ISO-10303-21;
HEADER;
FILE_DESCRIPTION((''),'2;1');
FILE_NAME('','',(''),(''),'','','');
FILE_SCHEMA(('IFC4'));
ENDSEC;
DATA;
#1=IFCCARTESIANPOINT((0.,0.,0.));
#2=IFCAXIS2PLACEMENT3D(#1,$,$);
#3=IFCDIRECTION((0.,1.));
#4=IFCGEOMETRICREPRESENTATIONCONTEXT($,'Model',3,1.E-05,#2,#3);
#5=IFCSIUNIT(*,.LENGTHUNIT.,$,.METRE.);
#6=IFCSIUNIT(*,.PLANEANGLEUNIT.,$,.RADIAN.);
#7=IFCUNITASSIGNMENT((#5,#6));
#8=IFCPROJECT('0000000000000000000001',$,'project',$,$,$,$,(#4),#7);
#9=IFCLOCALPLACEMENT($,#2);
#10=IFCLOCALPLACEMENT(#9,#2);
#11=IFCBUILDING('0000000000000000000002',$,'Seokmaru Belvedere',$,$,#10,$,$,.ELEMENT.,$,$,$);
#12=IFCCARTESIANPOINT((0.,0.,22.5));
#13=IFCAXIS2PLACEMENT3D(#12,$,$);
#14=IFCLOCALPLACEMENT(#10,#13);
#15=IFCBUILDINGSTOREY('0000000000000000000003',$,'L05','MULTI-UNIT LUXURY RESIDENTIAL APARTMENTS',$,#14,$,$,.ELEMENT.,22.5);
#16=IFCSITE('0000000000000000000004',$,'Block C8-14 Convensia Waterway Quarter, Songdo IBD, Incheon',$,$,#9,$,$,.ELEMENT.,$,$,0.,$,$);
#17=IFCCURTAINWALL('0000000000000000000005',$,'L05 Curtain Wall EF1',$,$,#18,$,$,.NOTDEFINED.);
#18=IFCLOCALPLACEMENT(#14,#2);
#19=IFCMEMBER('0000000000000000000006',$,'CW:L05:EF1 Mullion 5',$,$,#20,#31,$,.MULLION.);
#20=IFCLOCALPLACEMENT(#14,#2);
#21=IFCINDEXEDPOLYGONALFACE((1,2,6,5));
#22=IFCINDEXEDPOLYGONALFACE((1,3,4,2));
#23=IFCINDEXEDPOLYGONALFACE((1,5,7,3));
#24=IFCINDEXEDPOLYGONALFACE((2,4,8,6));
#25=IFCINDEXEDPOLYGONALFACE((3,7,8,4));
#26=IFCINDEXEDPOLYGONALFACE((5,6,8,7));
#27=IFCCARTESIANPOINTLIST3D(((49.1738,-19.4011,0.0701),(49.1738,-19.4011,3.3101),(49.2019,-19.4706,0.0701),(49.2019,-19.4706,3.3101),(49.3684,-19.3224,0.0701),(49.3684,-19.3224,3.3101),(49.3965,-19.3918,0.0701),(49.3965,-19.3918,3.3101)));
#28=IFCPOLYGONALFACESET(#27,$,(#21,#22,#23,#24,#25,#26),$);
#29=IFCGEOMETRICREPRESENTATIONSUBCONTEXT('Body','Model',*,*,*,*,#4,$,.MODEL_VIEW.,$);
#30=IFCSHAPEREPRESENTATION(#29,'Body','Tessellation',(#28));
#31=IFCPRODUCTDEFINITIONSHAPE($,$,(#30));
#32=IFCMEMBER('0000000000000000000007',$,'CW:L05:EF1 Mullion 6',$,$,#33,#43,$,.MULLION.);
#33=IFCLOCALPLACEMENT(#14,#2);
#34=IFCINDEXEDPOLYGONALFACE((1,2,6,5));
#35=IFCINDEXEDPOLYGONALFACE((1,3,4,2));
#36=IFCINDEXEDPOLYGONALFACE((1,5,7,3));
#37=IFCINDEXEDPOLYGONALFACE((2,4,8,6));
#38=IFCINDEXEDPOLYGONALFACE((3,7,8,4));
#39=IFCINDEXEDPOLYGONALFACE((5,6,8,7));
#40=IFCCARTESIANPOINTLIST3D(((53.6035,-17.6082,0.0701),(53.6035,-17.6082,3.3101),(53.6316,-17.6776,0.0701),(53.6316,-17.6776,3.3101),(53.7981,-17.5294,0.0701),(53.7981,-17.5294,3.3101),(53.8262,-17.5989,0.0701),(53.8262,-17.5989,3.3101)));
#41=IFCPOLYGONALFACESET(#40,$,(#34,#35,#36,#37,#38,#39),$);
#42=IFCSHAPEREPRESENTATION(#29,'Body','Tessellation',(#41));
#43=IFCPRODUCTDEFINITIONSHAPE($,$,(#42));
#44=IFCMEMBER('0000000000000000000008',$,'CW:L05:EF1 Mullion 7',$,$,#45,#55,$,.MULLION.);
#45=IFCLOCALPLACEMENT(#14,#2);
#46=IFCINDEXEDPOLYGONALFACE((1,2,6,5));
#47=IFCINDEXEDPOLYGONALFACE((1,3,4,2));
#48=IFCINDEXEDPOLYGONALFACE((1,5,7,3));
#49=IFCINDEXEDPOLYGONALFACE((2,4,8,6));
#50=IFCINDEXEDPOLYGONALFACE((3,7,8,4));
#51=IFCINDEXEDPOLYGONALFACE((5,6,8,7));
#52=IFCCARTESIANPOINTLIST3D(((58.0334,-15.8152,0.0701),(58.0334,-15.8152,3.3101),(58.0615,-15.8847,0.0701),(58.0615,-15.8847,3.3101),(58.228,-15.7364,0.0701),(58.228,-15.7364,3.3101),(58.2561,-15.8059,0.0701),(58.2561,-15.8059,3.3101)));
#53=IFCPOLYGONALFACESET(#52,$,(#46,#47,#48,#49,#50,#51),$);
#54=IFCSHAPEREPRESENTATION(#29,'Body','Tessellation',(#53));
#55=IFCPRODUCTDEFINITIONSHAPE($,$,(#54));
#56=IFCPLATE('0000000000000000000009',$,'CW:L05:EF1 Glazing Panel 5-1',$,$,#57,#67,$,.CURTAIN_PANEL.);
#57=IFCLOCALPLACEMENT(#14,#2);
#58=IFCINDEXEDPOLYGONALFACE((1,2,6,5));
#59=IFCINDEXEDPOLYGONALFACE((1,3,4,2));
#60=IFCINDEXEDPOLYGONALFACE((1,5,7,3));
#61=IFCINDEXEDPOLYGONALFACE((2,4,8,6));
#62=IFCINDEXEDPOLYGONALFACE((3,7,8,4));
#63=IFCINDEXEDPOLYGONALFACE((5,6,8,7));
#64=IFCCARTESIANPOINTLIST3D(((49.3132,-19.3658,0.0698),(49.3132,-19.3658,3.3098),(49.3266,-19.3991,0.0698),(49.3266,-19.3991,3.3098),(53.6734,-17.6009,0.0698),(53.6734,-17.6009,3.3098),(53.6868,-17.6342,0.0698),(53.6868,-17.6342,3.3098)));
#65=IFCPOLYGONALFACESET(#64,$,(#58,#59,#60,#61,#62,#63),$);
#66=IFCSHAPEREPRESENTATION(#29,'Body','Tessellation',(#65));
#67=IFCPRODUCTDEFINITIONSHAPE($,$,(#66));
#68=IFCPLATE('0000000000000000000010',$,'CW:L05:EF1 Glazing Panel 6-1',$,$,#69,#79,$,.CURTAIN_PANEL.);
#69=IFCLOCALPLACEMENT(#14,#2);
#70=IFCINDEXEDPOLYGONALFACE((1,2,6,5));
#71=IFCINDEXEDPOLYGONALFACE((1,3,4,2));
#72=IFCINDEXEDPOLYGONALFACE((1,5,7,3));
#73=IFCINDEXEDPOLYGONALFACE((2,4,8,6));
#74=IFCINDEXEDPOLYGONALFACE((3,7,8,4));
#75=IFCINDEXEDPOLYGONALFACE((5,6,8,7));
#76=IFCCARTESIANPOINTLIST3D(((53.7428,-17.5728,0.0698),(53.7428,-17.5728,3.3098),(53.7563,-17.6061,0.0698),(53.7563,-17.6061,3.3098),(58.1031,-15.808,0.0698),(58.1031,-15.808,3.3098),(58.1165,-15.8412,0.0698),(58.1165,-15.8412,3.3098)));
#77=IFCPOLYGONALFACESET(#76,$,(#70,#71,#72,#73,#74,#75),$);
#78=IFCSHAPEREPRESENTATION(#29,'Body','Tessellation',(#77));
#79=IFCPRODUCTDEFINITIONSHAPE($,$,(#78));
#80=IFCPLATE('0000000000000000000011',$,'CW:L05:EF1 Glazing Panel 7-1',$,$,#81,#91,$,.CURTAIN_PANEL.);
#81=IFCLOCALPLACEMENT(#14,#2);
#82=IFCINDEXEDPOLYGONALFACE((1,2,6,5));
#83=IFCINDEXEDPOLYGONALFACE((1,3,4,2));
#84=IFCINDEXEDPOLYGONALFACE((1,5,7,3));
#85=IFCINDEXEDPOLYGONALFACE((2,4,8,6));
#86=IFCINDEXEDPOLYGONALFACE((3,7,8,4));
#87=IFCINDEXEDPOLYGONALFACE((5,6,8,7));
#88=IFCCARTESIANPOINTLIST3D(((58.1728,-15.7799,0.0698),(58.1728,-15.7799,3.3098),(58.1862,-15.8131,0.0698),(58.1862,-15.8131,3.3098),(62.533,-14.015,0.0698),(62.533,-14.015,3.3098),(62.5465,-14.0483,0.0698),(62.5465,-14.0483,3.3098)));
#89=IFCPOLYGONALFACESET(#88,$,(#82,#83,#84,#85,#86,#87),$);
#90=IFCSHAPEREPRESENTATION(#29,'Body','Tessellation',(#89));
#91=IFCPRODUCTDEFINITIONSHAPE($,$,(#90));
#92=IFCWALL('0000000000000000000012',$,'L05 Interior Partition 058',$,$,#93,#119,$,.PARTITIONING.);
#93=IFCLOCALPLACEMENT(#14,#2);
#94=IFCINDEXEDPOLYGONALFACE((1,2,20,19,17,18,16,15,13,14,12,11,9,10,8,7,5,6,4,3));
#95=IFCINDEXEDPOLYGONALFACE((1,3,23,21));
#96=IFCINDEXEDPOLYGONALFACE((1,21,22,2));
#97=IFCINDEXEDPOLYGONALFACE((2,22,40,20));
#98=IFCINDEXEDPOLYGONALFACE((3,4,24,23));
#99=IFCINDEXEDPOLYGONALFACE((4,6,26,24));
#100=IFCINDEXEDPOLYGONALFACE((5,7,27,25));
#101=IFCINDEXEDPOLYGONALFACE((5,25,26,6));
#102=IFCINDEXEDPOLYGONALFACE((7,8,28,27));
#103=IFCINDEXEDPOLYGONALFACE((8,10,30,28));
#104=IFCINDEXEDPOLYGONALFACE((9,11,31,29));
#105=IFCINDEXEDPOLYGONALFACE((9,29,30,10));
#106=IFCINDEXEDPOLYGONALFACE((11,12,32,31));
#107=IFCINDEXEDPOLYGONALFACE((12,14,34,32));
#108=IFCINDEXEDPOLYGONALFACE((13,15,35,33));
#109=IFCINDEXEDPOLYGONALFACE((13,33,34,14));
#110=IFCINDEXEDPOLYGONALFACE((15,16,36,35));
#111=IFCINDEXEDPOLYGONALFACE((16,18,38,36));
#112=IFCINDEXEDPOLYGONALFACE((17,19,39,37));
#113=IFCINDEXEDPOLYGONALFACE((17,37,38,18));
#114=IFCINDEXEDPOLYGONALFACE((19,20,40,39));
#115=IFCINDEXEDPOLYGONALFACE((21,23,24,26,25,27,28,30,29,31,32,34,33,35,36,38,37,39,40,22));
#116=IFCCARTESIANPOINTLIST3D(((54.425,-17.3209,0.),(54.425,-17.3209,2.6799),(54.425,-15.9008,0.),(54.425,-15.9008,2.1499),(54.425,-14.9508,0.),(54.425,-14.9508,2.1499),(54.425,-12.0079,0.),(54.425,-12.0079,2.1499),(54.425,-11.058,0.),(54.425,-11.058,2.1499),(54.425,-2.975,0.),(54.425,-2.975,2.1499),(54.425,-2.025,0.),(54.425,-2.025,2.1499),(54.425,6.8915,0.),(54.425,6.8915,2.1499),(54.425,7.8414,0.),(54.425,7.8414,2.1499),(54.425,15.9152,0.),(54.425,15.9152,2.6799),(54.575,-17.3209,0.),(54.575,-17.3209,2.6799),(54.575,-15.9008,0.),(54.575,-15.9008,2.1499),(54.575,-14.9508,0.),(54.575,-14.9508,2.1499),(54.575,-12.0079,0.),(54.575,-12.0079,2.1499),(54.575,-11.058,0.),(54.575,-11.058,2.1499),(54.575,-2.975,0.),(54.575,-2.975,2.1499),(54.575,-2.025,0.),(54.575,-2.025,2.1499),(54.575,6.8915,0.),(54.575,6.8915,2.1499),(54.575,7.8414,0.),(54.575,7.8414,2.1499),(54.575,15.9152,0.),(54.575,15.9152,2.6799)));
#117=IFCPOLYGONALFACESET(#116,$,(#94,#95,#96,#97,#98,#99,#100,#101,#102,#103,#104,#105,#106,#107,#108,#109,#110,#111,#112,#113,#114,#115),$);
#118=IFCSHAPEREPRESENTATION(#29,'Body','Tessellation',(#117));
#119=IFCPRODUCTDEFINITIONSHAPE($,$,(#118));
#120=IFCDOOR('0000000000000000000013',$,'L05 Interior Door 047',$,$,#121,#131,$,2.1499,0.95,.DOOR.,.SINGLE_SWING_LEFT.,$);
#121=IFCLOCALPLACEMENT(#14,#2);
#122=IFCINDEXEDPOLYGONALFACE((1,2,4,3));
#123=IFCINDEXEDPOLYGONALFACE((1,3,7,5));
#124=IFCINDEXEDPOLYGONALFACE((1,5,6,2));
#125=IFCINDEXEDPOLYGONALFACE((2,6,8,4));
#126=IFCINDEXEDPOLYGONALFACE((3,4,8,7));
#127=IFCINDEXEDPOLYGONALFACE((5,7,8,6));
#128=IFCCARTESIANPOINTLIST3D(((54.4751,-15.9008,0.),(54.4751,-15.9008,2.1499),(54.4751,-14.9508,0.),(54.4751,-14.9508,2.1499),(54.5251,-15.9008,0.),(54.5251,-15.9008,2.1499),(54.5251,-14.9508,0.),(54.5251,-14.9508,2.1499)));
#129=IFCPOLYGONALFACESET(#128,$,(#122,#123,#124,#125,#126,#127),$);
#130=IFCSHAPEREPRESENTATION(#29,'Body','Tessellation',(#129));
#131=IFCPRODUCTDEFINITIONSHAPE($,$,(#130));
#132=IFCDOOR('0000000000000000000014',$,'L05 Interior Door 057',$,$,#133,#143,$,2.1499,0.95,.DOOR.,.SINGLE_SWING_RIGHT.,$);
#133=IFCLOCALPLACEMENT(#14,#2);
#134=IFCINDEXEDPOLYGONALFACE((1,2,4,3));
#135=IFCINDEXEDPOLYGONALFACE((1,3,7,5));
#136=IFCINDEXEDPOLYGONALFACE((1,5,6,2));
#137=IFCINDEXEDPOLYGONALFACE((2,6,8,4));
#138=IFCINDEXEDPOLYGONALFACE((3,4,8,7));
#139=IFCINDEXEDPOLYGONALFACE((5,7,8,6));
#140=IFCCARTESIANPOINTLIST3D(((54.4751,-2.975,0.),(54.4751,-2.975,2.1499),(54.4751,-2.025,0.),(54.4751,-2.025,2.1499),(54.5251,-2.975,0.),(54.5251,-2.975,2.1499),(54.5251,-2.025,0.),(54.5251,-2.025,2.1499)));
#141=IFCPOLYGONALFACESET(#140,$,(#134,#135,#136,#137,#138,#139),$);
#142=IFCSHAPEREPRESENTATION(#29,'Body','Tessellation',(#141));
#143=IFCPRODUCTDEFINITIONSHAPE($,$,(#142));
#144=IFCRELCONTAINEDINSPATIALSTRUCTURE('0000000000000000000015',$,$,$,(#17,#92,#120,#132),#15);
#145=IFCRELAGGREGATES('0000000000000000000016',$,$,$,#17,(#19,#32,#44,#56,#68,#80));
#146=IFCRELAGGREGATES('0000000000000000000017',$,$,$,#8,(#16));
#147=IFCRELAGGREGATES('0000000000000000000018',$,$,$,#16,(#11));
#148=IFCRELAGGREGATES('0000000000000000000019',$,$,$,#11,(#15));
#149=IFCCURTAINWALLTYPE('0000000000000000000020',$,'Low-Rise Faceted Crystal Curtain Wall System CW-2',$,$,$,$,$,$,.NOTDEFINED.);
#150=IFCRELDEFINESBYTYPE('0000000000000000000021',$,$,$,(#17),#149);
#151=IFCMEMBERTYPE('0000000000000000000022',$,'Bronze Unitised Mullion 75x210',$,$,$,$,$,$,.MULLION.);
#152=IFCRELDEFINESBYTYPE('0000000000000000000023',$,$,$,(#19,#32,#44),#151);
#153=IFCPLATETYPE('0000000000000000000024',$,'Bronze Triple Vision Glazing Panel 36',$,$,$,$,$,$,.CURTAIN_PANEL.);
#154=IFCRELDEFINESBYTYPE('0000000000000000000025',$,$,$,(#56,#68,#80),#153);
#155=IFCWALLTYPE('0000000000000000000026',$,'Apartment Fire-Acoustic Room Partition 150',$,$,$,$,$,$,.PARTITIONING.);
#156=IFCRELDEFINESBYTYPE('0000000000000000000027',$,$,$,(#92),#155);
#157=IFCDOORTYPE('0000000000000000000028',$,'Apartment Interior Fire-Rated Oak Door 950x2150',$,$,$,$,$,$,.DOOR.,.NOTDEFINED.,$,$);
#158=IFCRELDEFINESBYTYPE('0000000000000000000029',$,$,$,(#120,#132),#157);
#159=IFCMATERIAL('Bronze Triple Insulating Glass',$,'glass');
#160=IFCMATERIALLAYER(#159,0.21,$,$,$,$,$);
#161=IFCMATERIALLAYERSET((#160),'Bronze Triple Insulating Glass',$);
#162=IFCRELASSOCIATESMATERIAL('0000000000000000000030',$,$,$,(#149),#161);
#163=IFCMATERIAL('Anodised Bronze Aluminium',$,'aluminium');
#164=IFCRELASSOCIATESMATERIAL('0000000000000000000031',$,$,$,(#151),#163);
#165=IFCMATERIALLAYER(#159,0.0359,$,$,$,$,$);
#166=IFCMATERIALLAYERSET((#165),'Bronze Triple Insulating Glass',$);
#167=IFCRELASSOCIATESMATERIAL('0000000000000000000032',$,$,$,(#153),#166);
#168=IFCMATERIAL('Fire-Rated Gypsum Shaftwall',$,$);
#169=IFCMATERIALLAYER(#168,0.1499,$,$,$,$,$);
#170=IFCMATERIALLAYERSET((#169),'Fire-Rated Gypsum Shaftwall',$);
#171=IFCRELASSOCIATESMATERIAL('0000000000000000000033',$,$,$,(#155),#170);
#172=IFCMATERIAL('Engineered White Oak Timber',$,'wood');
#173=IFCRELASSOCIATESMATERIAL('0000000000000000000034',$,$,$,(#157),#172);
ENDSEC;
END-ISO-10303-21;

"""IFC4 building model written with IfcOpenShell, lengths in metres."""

from ifc_helpers import new_model, si_unit, direction, frame, frame_2d, origin, origin_2d, place, context, subcontext, project, spatial, rectangle, extrude, source, transform, mapped, material, layer, layer_set, material_profile, profile_set, type_object, type_shapes, element, fill, aggregate, save


model = new_model("IFC4")

# Units and contexts
model_context = context("Model", 3, precision=1e-05, world=origin(), true_north=direction((0.0, 1.0)))
body_context = subcontext(model_context, "Body", "Model", "MODEL_VIEW")
ifc_project = project(units=[si_unit("LENGTHUNIT", "METRE"), si_unit("PLANEANGLEUNIT", "RADIAN")], contexts=[model_context])

# Site, building, storey
site_placement = place(None, origin())
site = spatial("IfcSite", under=ifc_project, at=site_placement, Name="Block C8-14 Convensia Waterway Quarter, Songdo IBD, Incheon", CompositionType="ELEMENT", RefElevation=0.0)
building_placement = place(site_placement, origin())
building = spatial("IfcBuilding", under=site, at=building_placement, Name="Seokmaru Belvedere", CompositionType="ELEMENT")
storey_placement = place(building_placement, frame((0.0, 0.0, 22.5)))
storey = spatial("IfcBuildingStorey", under=building, at=storey_placement, Name="L05", Description="MULTI-UNIT LUXURY RESIDENTIAL APARTMENTS", CompositionType="ELEMENT", Elevation=22.5)

# Curtain wall, members, plates
ifc_material_1 = material(Name="Bronze Triple Insulating Glass", Category="glass")
ifc_layer_1 = layer(ifc_material_1, 0.21)
ifc_layer_set_1 = layer_set([ifc_layer_1], Name="Bronze Triple Insulating Glass")
curtain_wall_type = type_object("IfcCurtainWallType", Name="Low-Rise Faceted Crystal Curtain Wall System CW-2", PredefinedType="NOTDEFINED", material=ifc_layer_set_1)
curtain_wall_placement = place(storey_placement, origin())
curtain_wall = element("IfcCurtainWall", 1, at=curtain_wall_placement, inside=storey, type_object=curtain_wall_type, Name="L05 Curtain Wall EF1", PredefinedType="NOTDEFINED")
ifc_material_2 = material(Name="Anodised Bronze Aluminium", Category="aluminium")
ifc_material_profile_1 = material_profile(ifc_material_2, rectangle(XDim=0.075, YDim=0.21, at=origin_2d()), Name="CW-M-75x210")
ifc_profile_set_1 = profile_set([ifc_material_profile_1], Name="Anodised Bronze Aluminium")
member_type = type_object("IfcMemberType", Name="Bronze Unitised Mullion 75x210", PredefinedType="MULLION", material=ifc_profile_set_1)
shared_shape_1 = source(origin(), body_context, "Body", "SweptSolid", [
    extrude(rectangle(XDim=0.075, YDim=0.21, at=origin_2d()), origin(), (0.0, 0.0, 1.0), 3.24),
])
type_shapes(member_type, [shared_shape_1])
member_1_placement = place(storey_placement, frame((49.2852, -19.3965, 0.0701), z_axis=(0.0, 0.0, 1.0), x_axis=(-0.375192, 0.926947, 0.0)))
member_1 = element("IfcMember", 2, at=member_1_placement, type_object=member_type, Name="CW:L05:EF1 Mullion 5", PredefinedType="MULLION", context=body_context, shape_type="MappedRepresentation", body=[
    mapped(shared_shape_1, transform((0.0, 0.0, 0.0), scale=1.0)),
])
member_2_placement = place(storey_placement, frame((53.7148, -17.6035, 0.0701), z_axis=(0.0, 0.0, 1.0), x_axis=(-0.375192, 0.926947, 0.0)))
member_2 = element("IfcMember", 3, at=member_2_placement, type_object=member_type, Name="CW:L05:EF1 Mullion 6", PredefinedType="MULLION", context=body_context, shape_type="MappedRepresentation", body=[
    mapped(shared_shape_1, transform((0.0, 0.0, 0.0), scale=1.0)),
])
member_3_placement = place(storey_placement, frame((58.1448, -15.8105, 0.0701), z_axis=(0.0, 0.0, 1.0), x_axis=(-0.375192, 0.926947, 0.0)))
member_3 = element("IfcMember", 4, at=member_3_placement, type_object=member_type, Name="CW:L05:EF1 Mullion 7", PredefinedType="MULLION", context=body_context, shape_type="MappedRepresentation", body=[
    mapped(shared_shape_1, transform((0.0, 0.0, 0.0), scale=1.0)),
])
ifc_layer_2 = layer(ifc_material_1, 0.0359)
ifc_layer_set_2 = layer_set([ifc_layer_2], Name="Bronze Triple Insulating Glass")
plate_type = type_object("IfcPlateType", Name="Bronze Triple Vision Glazing Panel 36", PredefinedType="CURTAIN_PANEL", material=ifc_layer_set_2)
shared_shape_2 = source(origin(), body_context, "Body", "SweptSolid", [
    extrude(rectangle(XDim=4.7039, YDim=0.0359, at=origin_2d()), origin(), (0.0, 0.0, 1.0), 3.24),
])
type_shapes(plate_type, [shared_shape_2])
plate_1_placement = place(storey_placement, frame((51.5, -18.5, 0.0698), z_axis=(0.0, 0.0, 1.0), x_axis=(0.926947, 0.375192, 0.0)))
plate_1 = element("IfcPlate", 5, at=plate_1_placement, type_object=plate_type, Name="CW:L05:EF1 Glazing Panel 5-1", PredefinedType="CURTAIN_PANEL", context=body_context, shape_type="MappedRepresentation", body=[
    mapped(shared_shape_2, transform((0.0, 0.0, 0.0), scale=1.0)),
])
plate_2_placement = place(storey_placement, frame((55.9297, -16.707, 0.0698), z_axis=(0.0, 0.0, 1.0), x_axis=(0.926947, 0.375192, 0.0)))
plate_2 = element("IfcPlate", 6, at=plate_2_placement, type_object=plate_type, Name="CW:L05:EF1 Glazing Panel 6-1", PredefinedType="CURTAIN_PANEL", context=body_context, shape_type="MappedRepresentation", body=[
    mapped(shared_shape_2, transform((0.0, 0.0, 0.0), scale=1.0)),
])
plate_3_placement = place(storey_placement, frame((60.3596, -14.9141, 0.0698), z_axis=(0.0, 0.0, 1.0), x_axis=(0.926947, 0.375192, 0.0)))
plate_3 = element("IfcPlate", 7, at=plate_3_placement, type_object=plate_type, Name="CW:L05:EF1 Glazing Panel 7-1", PredefinedType="CURTAIN_PANEL", context=body_context, shape_type="MappedRepresentation", body=[
    mapped(shared_shape_2, transform((0.0, 0.0, 0.0), scale=1.0)),
])
aggregate(curtain_wall, [member_1, member_2, member_3, plate_1, plate_2, plate_3])

# Wall, openings, doors
ifc_material_3 = material(Name="Fire-Rated Gypsum Shaftwall")
ifc_layer_3 = layer(ifc_material_3, 0.1499)
ifc_layer_set_3 = layer_set([ifc_layer_3], Name="Fire-Rated Gypsum Shaftwall")
wall_type = type_object("IfcWallType", Name="Apartment Fire-Acoustic Room Partition 150", PredefinedType="PARTITIONING", material=ifc_layer_set_3)
wall_1_placement = place(storey_placement, frame((54.5, -17.321, 0.0), z_axis=(0.0, 0.0, 1.0), x_axis=(0.0, 1.0, 0.0)))
wall_1 = element("IfcWall", 8, at=wall_1_placement, inside=storey, type_object=wall_type, Name="L05 Interior Partition 058", PredefinedType="PARTITIONING", context=body_context, shape_type="SweptSolid", body=[
    extrude(rectangle(XDim=33.2361, YDim=0.1499, at=frame_2d((16.6182, 0.0))), origin(), (0.0, 0.0, 1.0), 2.6799),
])
opening_1_placement = place(wall_1_placement, frame((1.4202, 0.0, 0.0)))
opening_1 = element("IfcOpeningElement", 9, at=opening_1_placement, cuts=wall_1, PredefinedType="OPENING", context=body_context, shape_type="SweptSolid", body=[
    extrude(rectangle(XDim=0.95, YDim=2.1499, at=frame_2d((0.4751, 1.075))), frame((0.0, 0.085, 0.0), z_axis=(0.0, -1.0, 0.0), x_axis=(1.0, 0.0, 0.0)), (0.0, 0.0, 1.0), 0.1699),
])
opening_2_placement = place(wall_1_placement, frame((5.313, 0.0, 0.0)))
element("IfcOpeningElement", 10, at=opening_2_placement, cuts=wall_1, PredefinedType="OPENING", context=body_context, shape_type="SweptSolid", body=[
    extrude(rectangle(XDim=0.95, YDim=2.1499, at=frame_2d((0.4751, 1.075))), frame((0.0, 0.085, 0.0), z_axis=(0.0, -1.0, 0.0), x_axis=(1.0, 0.0, 0.0)), (0.0, 0.0, 1.0), 0.1699),
])
opening_3_placement = place(wall_1_placement, frame((14.3459, 0.0, 0.0)))
opening_3 = element("IfcOpeningElement", 11, at=opening_3_placement, cuts=wall_1, PredefinedType="OPENING", context=body_context, shape_type="SweptSolid", body=[
    extrude(rectangle(XDim=0.95, YDim=2.1499, at=frame_2d((0.4751, 1.075))), frame((0.0, 0.085, 0.0), z_axis=(0.0, -1.0, 0.0), x_axis=(1.0, 0.0, 0.0)), (0.0, 0.0, 1.0), 0.1699),
])
opening_4_placement = place(wall_1_placement, frame((24.2124, 0.0, 0.0)))
element("IfcOpeningElement", 12, at=opening_4_placement, cuts=wall_1, PredefinedType="OPENING", context=body_context, shape_type="SweptSolid", body=[
    extrude(rectangle(XDim=0.95, YDim=2.1499, at=frame_2d((0.4751, 1.075))), frame((0.0, 0.085, 0.0), z_axis=(0.0, -1.0, 0.0), x_axis=(1.0, 0.0, 0.0)), (0.0, 0.0, 1.0), 0.1699),
])
ifc_material_4 = material(Name="Engineered White Oak Timber", Category="wood")
door_type = type_object("IfcDoorType", Name="Apartment Interior Fire-Rated Oak Door 950x2150", OperationType="NOTDEFINED", PredefinedType="DOOR", material=ifc_material_4)
shared_shape_3 = source(origin(), body_context, "Body", "SweptSolid", [
    extrude(rectangle(XDim=0.95, YDim=2.1499, at=frame_2d((0.4751, 1.075))), frame((0.0, 0.0249, 0.0), z_axis=(0.0, -1.0, 0.0), x_axis=(1.0, 0.0, 0.0)), (0.0, 0.0, 1.0), 0.05),
])
type_shapes(door_type, [shared_shape_3])
door_1_placement = place(opening_1_placement, origin())
door_1 = element("IfcDoor", 13, at=door_1_placement, inside=storey, type_object=door_type, Name="L05 Interior Door 047", OperationType="SINGLE_SWING_LEFT", OverallHeight=2.1499, OverallWidth=0.95, PredefinedType="DOOR", context=body_context, shape_type="MappedRepresentation", body=[
    mapped(shared_shape_3, transform((0.0, 0.0, 0.0), scale=1.0)),
])
fill(opening_1, door_1)
door_2_placement = place(opening_3_placement, origin())
door_2 = element("IfcDoor", 14, at=door_2_placement, inside=storey, type_object=door_type, Name="L05 Interior Door 057", OperationType="SINGLE_SWING_RIGHT", OverallHeight=2.1499, OverallWidth=0.95, PredefinedType="DOOR", context=body_context, shape_type="MappedRepresentation", body=[
    mapped(shared_shape_3, transform((0.0, 0.0, 0.0), scale=1.0)),
])
fill(opening_3, door_2)

save(model, "model.ifc")
